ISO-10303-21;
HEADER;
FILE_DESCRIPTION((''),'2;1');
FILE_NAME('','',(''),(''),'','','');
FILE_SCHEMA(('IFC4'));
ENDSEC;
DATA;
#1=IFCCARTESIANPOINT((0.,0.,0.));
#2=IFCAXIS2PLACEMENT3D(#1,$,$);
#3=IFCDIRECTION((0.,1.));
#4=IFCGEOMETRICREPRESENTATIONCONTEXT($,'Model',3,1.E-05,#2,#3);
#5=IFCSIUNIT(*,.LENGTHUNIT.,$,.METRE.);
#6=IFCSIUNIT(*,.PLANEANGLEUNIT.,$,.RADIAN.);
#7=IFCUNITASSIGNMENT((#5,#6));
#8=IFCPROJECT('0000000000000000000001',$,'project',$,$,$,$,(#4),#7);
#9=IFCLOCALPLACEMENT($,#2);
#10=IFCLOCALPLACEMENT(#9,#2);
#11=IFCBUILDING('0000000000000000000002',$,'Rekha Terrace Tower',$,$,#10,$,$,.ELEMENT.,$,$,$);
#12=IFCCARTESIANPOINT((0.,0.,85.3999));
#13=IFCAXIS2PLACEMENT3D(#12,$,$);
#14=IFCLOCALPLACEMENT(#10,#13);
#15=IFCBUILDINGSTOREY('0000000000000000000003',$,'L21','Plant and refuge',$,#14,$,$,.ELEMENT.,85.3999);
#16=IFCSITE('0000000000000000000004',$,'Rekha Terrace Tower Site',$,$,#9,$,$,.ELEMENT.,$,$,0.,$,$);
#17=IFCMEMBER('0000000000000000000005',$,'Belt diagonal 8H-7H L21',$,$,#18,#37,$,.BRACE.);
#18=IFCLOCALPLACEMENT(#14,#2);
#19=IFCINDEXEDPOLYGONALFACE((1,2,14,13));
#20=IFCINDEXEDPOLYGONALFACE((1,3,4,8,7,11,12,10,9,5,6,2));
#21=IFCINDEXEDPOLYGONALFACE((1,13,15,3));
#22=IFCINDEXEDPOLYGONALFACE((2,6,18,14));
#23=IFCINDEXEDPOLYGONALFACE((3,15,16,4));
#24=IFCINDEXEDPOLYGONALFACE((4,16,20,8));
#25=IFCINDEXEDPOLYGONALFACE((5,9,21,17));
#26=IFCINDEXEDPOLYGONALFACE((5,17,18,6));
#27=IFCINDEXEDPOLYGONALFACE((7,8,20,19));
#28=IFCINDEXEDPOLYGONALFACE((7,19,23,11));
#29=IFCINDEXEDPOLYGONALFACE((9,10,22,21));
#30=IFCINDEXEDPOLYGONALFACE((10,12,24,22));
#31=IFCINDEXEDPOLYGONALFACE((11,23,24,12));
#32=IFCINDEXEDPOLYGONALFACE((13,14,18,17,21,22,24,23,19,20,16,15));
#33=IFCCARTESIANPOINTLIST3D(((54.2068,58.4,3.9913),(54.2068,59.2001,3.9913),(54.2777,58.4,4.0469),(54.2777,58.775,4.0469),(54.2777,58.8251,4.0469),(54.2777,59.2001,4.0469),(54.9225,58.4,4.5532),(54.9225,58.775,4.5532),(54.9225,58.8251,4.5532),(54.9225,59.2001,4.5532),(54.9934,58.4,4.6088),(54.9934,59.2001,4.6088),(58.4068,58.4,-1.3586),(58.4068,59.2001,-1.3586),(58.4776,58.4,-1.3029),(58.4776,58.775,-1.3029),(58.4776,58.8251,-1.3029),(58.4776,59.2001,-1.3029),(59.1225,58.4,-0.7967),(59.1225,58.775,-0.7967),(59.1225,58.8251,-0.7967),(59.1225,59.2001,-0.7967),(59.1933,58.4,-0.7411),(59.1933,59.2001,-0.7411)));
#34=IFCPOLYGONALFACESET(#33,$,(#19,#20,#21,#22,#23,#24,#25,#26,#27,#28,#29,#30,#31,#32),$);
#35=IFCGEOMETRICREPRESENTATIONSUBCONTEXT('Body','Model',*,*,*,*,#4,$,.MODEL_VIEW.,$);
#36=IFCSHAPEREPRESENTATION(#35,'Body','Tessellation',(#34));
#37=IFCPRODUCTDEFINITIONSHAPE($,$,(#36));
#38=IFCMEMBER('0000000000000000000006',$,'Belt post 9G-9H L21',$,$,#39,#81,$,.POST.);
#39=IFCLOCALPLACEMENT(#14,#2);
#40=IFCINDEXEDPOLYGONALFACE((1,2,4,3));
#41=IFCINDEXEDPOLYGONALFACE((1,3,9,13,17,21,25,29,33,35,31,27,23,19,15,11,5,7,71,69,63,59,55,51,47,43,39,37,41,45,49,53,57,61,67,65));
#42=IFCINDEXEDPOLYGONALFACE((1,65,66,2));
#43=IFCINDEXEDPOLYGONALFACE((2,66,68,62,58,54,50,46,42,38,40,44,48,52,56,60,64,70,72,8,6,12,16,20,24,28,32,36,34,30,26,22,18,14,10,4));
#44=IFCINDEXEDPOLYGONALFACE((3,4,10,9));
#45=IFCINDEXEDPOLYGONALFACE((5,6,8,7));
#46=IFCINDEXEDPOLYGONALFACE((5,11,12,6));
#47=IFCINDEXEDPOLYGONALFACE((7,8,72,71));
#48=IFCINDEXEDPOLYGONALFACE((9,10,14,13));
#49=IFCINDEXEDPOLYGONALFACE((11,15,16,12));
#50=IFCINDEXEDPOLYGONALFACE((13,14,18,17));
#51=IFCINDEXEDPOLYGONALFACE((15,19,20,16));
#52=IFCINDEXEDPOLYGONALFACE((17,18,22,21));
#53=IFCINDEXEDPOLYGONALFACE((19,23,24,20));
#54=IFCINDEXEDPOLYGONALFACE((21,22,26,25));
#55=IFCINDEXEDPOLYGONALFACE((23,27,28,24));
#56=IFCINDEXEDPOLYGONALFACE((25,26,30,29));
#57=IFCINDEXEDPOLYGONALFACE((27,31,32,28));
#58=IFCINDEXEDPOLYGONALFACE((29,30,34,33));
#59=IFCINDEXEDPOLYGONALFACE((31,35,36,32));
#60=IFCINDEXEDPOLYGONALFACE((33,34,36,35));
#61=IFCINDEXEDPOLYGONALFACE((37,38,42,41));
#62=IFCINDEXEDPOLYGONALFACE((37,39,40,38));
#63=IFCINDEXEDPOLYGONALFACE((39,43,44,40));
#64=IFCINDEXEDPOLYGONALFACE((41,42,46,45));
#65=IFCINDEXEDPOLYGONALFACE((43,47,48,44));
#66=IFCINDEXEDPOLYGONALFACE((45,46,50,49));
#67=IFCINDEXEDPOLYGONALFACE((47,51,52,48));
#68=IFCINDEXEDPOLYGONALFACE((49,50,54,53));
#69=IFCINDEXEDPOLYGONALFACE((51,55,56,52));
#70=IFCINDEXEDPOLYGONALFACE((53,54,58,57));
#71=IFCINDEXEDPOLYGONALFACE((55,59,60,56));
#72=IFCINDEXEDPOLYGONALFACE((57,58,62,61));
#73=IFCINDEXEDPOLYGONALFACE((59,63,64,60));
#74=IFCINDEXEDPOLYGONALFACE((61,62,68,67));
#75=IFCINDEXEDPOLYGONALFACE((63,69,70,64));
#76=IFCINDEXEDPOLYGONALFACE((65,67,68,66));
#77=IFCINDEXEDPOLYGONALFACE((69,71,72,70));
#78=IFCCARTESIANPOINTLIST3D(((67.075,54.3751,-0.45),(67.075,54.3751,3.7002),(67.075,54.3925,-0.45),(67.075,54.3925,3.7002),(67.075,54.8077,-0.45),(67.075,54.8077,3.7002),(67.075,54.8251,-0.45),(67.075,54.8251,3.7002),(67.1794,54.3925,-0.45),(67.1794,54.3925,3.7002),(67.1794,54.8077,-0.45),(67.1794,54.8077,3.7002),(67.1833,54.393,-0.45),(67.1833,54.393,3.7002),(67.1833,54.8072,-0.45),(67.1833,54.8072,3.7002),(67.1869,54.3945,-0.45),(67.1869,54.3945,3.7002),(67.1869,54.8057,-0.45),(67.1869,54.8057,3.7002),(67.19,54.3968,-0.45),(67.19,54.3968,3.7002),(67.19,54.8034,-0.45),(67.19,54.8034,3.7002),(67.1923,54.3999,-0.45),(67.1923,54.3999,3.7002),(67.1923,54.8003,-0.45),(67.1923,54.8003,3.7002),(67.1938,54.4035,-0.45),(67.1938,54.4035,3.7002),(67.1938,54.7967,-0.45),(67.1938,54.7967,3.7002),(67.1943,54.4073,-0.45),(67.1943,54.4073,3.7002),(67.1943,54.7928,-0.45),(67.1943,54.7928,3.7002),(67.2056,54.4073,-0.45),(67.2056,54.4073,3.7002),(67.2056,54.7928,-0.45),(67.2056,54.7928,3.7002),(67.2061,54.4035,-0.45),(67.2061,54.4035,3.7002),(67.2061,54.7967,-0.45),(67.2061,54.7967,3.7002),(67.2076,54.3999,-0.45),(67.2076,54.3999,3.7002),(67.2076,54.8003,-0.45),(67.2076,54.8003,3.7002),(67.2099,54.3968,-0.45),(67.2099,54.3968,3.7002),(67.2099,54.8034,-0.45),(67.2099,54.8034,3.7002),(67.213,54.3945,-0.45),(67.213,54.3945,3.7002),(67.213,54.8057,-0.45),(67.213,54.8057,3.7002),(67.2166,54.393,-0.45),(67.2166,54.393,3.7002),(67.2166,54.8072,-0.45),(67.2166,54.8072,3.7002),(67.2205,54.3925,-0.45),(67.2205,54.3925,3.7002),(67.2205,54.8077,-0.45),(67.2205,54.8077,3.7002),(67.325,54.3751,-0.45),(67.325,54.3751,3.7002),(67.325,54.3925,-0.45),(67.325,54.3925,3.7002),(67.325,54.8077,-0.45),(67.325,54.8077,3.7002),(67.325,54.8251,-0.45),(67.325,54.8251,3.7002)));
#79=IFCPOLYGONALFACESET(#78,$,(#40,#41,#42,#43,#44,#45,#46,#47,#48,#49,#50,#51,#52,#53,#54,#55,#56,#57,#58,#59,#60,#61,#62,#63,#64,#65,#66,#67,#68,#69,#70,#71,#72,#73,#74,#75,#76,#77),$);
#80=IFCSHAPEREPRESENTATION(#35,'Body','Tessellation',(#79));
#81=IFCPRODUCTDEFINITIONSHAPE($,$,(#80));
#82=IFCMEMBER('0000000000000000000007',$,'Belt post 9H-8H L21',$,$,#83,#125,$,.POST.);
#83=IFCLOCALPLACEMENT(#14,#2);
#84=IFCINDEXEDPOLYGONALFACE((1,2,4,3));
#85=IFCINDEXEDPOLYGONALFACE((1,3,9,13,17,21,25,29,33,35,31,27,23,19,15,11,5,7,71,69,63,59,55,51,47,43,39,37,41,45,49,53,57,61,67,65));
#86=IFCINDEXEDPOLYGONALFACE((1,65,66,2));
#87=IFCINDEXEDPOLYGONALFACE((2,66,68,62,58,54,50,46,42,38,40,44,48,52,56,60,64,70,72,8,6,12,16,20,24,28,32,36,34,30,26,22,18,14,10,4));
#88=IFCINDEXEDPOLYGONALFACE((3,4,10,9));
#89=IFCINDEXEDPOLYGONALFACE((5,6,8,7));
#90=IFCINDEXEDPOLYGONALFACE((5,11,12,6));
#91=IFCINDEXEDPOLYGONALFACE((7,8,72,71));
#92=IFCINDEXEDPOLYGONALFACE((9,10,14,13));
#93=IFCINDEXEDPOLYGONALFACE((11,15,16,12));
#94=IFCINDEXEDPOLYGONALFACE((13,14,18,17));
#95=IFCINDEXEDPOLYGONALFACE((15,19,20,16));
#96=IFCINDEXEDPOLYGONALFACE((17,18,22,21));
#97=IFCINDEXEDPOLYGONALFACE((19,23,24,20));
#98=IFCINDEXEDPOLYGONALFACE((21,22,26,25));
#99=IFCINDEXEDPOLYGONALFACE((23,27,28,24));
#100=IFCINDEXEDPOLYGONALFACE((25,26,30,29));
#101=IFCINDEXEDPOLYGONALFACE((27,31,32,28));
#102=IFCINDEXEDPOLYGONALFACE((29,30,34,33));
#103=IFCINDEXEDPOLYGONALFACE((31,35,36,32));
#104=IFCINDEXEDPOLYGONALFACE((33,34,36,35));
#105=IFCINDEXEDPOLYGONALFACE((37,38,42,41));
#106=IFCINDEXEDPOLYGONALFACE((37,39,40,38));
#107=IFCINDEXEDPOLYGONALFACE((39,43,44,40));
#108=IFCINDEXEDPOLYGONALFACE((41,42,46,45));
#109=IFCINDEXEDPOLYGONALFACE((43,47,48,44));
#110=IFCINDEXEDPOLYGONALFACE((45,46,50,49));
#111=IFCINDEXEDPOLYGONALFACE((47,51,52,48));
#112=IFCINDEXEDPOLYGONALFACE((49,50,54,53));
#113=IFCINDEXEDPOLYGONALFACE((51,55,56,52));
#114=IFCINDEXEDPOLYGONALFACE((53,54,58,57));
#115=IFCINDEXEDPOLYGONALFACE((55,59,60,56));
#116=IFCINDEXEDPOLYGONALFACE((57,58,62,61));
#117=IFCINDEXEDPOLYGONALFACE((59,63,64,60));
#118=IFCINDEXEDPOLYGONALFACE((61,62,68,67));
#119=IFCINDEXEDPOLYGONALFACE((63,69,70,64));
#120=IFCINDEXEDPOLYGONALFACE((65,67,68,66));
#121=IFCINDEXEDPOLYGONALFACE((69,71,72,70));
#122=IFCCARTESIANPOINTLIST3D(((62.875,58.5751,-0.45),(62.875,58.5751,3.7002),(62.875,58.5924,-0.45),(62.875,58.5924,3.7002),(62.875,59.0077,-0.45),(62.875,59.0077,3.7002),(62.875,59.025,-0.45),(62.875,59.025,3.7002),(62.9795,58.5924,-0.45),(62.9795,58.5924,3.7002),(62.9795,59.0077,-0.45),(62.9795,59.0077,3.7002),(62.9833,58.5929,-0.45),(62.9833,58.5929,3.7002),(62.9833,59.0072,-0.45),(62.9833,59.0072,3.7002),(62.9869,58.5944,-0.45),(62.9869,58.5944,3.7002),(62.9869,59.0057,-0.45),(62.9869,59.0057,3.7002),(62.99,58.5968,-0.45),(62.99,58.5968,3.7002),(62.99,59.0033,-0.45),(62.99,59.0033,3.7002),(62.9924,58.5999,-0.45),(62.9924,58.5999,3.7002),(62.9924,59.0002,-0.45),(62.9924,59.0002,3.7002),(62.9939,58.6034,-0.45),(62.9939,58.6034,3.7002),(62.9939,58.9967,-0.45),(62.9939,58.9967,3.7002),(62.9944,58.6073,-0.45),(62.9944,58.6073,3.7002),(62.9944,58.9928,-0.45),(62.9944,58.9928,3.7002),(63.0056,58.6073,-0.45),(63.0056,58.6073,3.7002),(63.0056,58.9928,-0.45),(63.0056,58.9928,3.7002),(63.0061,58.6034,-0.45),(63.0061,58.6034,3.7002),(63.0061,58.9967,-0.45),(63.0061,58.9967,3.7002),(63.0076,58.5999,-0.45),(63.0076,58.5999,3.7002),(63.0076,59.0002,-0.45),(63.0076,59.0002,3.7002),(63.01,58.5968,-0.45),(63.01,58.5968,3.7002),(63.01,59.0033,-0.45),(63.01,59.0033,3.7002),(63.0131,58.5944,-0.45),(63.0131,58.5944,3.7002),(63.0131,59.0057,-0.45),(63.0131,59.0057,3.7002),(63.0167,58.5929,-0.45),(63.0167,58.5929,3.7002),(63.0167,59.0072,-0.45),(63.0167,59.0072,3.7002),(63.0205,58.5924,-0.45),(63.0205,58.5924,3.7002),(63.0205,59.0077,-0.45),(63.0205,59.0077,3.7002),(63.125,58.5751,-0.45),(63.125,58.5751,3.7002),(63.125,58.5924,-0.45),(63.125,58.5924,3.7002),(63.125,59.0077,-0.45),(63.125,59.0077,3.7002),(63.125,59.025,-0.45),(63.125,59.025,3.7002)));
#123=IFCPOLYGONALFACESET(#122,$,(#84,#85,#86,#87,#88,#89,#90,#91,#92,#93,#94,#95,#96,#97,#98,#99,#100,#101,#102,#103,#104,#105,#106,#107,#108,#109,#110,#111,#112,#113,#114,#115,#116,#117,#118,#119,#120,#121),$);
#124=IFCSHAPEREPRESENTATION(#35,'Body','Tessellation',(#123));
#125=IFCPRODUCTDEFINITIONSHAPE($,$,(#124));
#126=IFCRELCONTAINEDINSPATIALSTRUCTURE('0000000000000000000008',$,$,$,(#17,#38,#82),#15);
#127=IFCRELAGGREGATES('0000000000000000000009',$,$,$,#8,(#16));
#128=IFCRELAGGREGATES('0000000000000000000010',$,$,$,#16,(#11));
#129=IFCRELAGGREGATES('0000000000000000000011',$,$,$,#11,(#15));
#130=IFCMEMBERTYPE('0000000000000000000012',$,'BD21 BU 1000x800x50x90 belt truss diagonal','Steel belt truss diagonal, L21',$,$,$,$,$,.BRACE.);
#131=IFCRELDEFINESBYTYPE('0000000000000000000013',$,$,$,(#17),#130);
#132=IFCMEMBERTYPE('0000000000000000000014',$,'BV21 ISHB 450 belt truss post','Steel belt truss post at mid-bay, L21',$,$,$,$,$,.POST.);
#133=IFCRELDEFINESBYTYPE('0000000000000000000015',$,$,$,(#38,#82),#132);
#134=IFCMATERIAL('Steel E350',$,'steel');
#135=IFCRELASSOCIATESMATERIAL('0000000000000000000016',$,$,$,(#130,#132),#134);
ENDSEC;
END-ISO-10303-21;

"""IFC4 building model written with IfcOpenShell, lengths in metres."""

from ifc_helpers import new_model, si_unit, direction, frame, origin, origin_2d, place, context, subcontext, project, spatial, i_section, extrude, material, material_profile, profile_set, type_object, element, save


model = new_model("IFC4")

# Units and contexts
model_context = context("Model", 3, precision=1e-05, world=origin(), true_north=direction((0.0, 1.0)))
body_context = subcontext(model_context, "Body", "Model", "MODEL_VIEW")
ifc_project = project(units=[si_unit("LENGTHUNIT", "METRE"), si_unit("PLANEANGLEUNIT", "RADIAN")], contexts=[model_context])

# Site, building, storey
site_placement = place(None, origin())
site = spatial("IfcSite", under=ifc_project, at=site_placement, Name="Rekha Terrace Tower Site", CompositionType="ELEMENT", RefElevation=0.0)
building_placement = place(site_placement, origin())
building = spatial("IfcBuilding", under=site, at=building_placement, Name="Rekha Terrace Tower", CompositionType="ELEMENT")
storey_placement = place(building_placement, frame((0.0, 0.0, 85.3999)))
storey = spatial("IfcBuildingStorey", under=building, at=storey_placement, Name="L21", Description="Plant and refuge", CompositionType="ELEMENT", Elevation=85.3999)

# Members
ifc_material_1 = material(Name="Steel E350", Category="steel")
ifc_material_profile_1 = material_profile(ifc_material_1, i_section(OverallWidth=0.8, OverallDepth=1.0, WebThickness=0.05, FlangeThickness=0.0901, at=origin_2d()), Name="BU 1000x800x50x90")
ifc_profile_set_1 = profile_set([ifc_material_profile_1], Name="Steel E350")
member_type_1 = type_object("IfcMemberType", Name="BD21 BU 1000x800x50x90 belt truss diagonal", Description="Steel belt truss diagonal, L21", PredefinedType="BRACE", material=ifc_profile_set_1)
for number, where, z_axis, x_axis, name in (
    (1, (58.8, 58.8, -1.0498), (-0.617503, 0.0, 0.786569), (0.0, -1.0, 0.0), "Belt diagonal 8H-7H L21"),
):
    element("IfcMember", number, at=place(storey_placement, frame(where, z_axis=z_axis, x_axis=x_axis)), inside=storey, type_object=member_type_1, Name=name, PredefinedType="BRACE", context=body_context, shape_type="SweptSolid", body=[
        extrude(i_section(OverallWidth=0.8, OverallDepth=1.0, WebThickness=0.05, FlangeThickness=0.0901, at=origin_2d()), origin(), (0.0, 0.0, 1.0), 6.8015),
    ])
ifc_material_profile_2 = material_profile(ifc_material_1, i_section(OverallWidth=0.25, OverallDepth=0.45, WebThickness=0.0112, FlangeThickness=0.0173, FilletRadius=0.0149, at=origin_2d()), Name="ISHB 450")
ifc_profile_set_2 = profile_set([ifc_material_profile_2], Name="Steel E350")
member_type_2 = type_object("IfcMemberType", Name="BV21 ISHB 450 belt truss post", Description="Steel belt truss post at mid-bay, L21", PredefinedType="POST", material=ifc_profile_set_2)
for number, where, z_axis, x_axis, name in (
    (2, (67.2, 54.6001, -0.45), (0.0, 0.0, 1.0), (1.0, 0.0, 0.0), "Belt post 9G-9H L21"),
    (3, (63.0, 58.8, -0.45), (0.0, 0.0, 1.0), (1.0, 0.0, 0.0), "Belt post 9H-8H L21"),
):
    element("IfcMember", number, at=place(storey_placement, frame(where, z_axis=z_axis, x_axis=x_axis)), inside=storey, type_object=member_type_2, Name=name, PredefinedType="POST", context=body_context, shape_type="SweptSolid", body=[
        extrude(i_section(OverallWidth=0.25, OverallDepth=0.45, WebThickness=0.0112, FlangeThickness=0.0173, FilletRadius=0.0149, at=origin_2d()), origin(), (0.0, 0.0, 1.0), 4.1501),
    ])

save(model, "model.ifc")
